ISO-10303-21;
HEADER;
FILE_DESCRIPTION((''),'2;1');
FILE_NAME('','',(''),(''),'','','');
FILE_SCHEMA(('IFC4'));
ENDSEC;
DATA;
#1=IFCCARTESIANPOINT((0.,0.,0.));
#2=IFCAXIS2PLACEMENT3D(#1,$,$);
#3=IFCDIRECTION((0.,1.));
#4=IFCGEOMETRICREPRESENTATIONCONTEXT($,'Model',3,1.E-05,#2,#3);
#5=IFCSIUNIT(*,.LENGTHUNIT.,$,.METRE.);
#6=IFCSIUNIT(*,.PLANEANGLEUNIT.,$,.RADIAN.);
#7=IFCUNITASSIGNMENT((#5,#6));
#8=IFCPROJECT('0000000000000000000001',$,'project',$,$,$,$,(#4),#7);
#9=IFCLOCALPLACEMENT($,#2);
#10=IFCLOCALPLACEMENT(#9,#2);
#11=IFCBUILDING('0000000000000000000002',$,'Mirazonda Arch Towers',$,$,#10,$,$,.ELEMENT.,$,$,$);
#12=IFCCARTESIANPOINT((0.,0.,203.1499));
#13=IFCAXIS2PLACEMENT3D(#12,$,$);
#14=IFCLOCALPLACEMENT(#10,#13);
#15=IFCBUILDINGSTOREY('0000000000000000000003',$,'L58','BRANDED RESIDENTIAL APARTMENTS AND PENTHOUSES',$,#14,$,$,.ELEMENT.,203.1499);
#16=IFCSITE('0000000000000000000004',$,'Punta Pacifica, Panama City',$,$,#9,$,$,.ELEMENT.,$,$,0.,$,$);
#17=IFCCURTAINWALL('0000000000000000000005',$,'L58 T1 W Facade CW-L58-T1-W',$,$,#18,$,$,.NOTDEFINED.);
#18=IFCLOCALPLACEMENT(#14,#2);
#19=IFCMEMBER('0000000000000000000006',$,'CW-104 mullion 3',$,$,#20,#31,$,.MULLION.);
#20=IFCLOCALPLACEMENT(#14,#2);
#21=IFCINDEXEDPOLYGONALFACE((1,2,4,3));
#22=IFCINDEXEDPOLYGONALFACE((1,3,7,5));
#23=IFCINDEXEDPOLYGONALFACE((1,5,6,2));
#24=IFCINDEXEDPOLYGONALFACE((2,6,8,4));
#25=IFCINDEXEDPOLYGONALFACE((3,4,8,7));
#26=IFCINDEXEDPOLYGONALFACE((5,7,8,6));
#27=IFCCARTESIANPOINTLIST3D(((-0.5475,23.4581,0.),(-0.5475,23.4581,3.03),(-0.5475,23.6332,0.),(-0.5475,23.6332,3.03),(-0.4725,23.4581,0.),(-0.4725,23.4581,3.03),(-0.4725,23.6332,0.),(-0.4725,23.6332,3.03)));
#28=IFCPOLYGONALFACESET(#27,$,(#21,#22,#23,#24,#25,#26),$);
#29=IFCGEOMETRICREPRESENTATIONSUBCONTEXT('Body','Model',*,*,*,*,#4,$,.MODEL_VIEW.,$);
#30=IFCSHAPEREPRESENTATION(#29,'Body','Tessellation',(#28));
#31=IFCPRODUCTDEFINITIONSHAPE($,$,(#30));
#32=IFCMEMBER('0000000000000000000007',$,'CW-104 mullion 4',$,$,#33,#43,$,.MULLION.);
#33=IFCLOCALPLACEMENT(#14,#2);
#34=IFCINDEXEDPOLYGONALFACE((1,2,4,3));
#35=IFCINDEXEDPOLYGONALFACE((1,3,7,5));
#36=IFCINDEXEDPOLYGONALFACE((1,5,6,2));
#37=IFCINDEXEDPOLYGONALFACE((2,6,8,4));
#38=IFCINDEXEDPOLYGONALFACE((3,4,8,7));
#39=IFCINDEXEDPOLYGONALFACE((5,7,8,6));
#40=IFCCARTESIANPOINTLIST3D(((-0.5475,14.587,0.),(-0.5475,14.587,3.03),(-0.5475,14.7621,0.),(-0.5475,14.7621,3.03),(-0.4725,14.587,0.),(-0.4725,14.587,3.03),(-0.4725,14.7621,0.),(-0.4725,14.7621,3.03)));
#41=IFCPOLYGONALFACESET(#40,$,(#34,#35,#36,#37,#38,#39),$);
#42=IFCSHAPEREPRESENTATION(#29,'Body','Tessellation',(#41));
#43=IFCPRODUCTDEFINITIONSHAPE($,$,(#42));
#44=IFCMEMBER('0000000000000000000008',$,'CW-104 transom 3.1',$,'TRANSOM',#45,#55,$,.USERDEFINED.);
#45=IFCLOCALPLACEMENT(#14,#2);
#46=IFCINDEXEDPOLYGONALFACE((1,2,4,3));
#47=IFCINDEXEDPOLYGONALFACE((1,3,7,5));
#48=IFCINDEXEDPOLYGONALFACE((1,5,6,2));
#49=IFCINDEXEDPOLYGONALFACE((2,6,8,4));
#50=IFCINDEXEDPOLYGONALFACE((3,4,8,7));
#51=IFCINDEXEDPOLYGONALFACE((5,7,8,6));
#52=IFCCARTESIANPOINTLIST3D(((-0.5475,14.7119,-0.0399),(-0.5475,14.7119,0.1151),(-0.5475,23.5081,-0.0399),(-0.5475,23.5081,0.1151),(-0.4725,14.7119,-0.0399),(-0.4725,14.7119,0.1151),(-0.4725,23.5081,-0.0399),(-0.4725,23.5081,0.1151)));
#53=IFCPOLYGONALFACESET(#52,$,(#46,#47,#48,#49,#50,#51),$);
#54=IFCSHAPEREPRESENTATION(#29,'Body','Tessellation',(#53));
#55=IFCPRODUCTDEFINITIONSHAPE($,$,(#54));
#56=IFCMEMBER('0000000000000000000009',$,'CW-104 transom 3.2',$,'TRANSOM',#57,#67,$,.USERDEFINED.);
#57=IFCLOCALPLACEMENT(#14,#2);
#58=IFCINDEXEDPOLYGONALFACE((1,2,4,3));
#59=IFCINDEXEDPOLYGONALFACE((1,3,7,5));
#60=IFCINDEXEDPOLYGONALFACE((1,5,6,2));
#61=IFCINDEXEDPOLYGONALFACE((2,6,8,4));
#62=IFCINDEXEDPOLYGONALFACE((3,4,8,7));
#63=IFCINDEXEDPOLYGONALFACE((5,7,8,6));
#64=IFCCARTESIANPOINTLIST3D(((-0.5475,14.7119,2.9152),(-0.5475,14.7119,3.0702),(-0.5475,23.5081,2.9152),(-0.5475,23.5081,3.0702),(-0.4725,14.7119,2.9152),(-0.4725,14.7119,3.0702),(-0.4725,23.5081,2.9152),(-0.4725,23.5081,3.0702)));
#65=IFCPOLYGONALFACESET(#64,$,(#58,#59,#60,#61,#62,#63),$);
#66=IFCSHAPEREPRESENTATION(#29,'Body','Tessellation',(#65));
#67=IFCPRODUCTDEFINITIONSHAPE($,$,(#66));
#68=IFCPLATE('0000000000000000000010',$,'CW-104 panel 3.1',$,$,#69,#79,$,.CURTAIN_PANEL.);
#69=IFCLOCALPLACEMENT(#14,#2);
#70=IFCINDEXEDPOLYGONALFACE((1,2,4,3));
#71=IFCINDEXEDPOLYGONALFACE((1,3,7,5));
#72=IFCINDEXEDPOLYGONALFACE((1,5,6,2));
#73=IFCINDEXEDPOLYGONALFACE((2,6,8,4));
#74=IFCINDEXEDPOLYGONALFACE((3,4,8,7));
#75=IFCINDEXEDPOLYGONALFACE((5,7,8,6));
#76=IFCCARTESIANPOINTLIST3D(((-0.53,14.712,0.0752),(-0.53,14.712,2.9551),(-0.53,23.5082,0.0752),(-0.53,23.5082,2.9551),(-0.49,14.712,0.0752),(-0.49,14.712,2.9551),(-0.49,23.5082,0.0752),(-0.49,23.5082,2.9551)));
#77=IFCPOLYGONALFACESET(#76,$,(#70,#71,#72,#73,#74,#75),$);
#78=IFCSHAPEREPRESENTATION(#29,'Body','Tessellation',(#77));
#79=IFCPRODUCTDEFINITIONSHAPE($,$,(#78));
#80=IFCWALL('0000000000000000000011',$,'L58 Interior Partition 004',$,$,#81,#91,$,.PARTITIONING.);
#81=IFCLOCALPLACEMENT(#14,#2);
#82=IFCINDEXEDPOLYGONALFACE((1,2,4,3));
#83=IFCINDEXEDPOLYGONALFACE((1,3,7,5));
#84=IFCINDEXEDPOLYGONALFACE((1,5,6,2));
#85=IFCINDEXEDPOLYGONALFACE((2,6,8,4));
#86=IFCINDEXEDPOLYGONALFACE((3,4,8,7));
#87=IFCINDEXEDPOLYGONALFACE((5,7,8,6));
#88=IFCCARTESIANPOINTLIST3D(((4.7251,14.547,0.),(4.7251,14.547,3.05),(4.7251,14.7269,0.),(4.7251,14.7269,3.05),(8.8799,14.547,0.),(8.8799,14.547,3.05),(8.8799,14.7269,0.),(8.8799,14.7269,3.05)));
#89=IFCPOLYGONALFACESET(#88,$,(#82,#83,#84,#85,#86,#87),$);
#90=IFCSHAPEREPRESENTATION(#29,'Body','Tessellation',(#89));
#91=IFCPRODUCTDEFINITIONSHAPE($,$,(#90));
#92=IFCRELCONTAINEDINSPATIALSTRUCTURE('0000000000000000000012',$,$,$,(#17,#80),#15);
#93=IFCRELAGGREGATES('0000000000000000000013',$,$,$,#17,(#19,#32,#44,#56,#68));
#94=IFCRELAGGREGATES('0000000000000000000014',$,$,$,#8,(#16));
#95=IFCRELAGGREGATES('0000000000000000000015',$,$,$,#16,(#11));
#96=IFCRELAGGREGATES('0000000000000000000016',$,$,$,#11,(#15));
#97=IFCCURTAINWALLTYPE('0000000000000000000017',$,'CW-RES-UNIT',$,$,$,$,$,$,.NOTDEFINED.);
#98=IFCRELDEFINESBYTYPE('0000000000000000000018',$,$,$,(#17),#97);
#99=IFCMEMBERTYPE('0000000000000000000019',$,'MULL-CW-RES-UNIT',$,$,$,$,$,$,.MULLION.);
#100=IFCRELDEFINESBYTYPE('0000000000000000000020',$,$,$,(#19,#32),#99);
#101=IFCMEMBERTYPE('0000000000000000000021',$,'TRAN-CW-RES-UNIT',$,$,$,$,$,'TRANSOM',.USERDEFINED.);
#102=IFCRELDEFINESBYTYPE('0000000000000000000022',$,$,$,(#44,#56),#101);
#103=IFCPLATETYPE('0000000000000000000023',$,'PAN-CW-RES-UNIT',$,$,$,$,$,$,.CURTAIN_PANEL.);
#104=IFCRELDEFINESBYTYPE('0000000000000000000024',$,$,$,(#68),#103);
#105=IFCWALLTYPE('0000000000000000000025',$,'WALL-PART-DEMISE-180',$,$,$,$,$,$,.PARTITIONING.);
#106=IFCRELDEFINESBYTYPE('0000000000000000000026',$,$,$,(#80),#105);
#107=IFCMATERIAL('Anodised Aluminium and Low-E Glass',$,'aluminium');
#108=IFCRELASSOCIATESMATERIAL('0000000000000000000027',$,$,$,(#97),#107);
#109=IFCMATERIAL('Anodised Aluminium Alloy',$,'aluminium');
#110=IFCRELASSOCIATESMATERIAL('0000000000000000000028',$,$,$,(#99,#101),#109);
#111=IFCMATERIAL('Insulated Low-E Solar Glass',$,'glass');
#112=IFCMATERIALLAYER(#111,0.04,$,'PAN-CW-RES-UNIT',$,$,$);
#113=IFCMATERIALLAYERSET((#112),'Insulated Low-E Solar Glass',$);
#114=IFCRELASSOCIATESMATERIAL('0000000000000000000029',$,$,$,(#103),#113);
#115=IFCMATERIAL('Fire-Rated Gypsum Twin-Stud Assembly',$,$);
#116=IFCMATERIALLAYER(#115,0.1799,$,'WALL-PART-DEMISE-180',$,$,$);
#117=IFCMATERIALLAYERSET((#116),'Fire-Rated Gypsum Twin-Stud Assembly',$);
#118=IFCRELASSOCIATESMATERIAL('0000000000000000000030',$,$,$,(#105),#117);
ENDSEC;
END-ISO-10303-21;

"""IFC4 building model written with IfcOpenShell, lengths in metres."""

from ifc_helpers import new_model, si_unit, direction, frame, frame_2d, origin, origin_2d, place, context, subcontext, project, spatial, rectangle, extrude, material, layer, layer_set, material_profile, profile_set, type_object, element, aggregate, save


model = new_model("IFC4")

# Units and contexts
model_context = context("Model", 3, precision=1e-05, world=origin(), true_north=direction((0.0, 1.0)))
body_context = subcontext(model_context, "Body", "Model", "MODEL_VIEW")
ifc_project = project(units=[si_unit("LENGTHUNIT", "METRE"), si_unit("PLANEANGLEUNIT", "RADIAN")], contexts=[model_context])

# Site, building, storey
site_placement = place(None, origin())
site = spatial("IfcSite", under=ifc_project, at=site_placement, Name="Punta Pacifica, Panama City", CompositionType="ELEMENT", RefElevation=0.0)
building_placement = place(site_placement, origin())
building = spatial("IfcBuilding", under=site, at=building_placement, Name="Mirazonda Arch Towers", CompositionType="ELEMENT")
storey_placement = place(building_placement, frame((0.0, 0.0, 203.1499)))
storey = spatial("IfcBuildingStorey", under=building, at=storey_placement, Name="L58", Description="BRANDED RESIDENTIAL APARTMENTS AND PENTHOUSES", CompositionType="ELEMENT", Elevation=203.1499)

# Curtain wall, members, plate
ifc_material_1 = material(Name="Anodised Aluminium and Low-E Glass", Category="aluminium")
curtain_wall_type = type_object("IfcCurtainWallType", Name="CW-RES-UNIT", PredefinedType="NOTDEFINED", material=ifc_material_1)
curtain_wall_placement = place(storey_placement, origin())
curtain_wall = element("IfcCurtainWall", 1, at=curtain_wall_placement, inside=storey, type_object=curtain_wall_type, Name="L58 T1 W Facade CW-L58-T1-W", PredefinedType="NOTDEFINED")
ifc_material_2 = material(Name="Anodised Aluminium Alloy", Category="aluminium")
ifc_material_profile_1 = material_profile(ifc_material_2, rectangle(XDim=0.075, YDim=0.175, at=origin_2d()), Name="ALU-MULL-75x175")
ifc_profile_set_1 = profile_set([ifc_material_profile_1], Name="Anodised Aluminium Alloy")
member_type_1 = type_object("IfcMemberType", Name="MULL-CW-RES-UNIT", PredefinedType="MULLION", material=ifc_profile_set_1)
member_1_placement = place(storey_placement, frame((-0.51, 23.5457, 0.0), z_axis=(0.0, 0.0, 1.0), x_axis=(1.0, 0.0, 0.0)))
member_1 = element("IfcMember", 2, at=member_1_placement, type_object=member_type_1, Name="CW-104 mullion 3", PredefinedType="MULLION", context=body_context, shape_type="SweptSolid", body=[
    extrude(rectangle(XDim=0.075, YDim=0.175, at=origin_2d()), origin(), (0.0, 0.0, 1.0), 3.03),
])
member_2_placement = place(storey_placement, frame((-0.51, 14.6746, 0.0), z_axis=(0.0, 0.0, 1.0), x_axis=(1.0, 0.0, 0.0)))
member_2 = element("IfcMember", 3, at=member_2_placement, type_object=member_type_1, Name="CW-104 mullion 4", PredefinedType="MULLION", context=body_context, shape_type="SweptSolid", body=[
    extrude(rectangle(XDim=0.075, YDim=0.175, at=origin_2d()), origin(), (0.0, 0.0, 1.0), 3.03),
])
ifc_material_profile_2 = material_profile(ifc_material_2, rectangle(XDim=0.075, YDim=0.155, at=origin_2d()), Name="ALU-TRAN-75x155")
ifc_profile_set_2 = profile_set([ifc_material_profile_2], Name="Anodised Aluminium Alloy")
member_type_2 = type_object("IfcMemberType", Name="TRAN-CW-RES-UNIT", ElementType="TRANSOM", PredefinedType="USERDEFINED", material=ifc_profile_set_2)
member_3_placement = place(storey_placement, frame((-0.51, 23.5081, 0.0376), z_axis=(0.0, -1.0, 0.0), x_axis=(1.0, 0.0, 0.0)))
member_3 = element("IfcMember", 4, at=member_3_placement, type_object=member_type_2, Name="CW-104 transom 3.1", ObjectType="TRANSOM", PredefinedType="USERDEFINED", context=body_context, shape_type="SweptSolid", body=[
    extrude(rectangle(XDim=0.075, YDim=0.155, at=origin_2d()), origin(), (0.0, 0.0, 1.0), 8.7961),
])
member_4_placement = place(storey_placement, frame((-0.51, 23.5081, 2.9927), z_axis=(0.0, -1.0, 0.0), x_axis=(1.0, 0.0, 0.0)))
member_4 = element("IfcMember", 5, at=member_4_placement, type_object=member_type_2, Name="CW-104 transom 3.2", ObjectType="TRANSOM", PredefinedType="USERDEFINED", context=body_context, shape_type="SweptSolid", body=[
    extrude(rectangle(XDim=0.075, YDim=0.155, at=origin_2d()), origin(), (0.0, 0.0, 1.0), 8.7961),
])
ifc_material_3 = material(Name="Insulated Low-E Solar Glass", Category="glass")
ifc_layer_1 = layer(ifc_material_3, 0.04, Name="PAN-CW-RES-UNIT")
ifc_layer_set_1 = layer_set([ifc_layer_1], Name="Insulated Low-E Solar Glass")
plate_type = type_object("IfcPlateType", Name="PAN-CW-RES-UNIT", PredefinedType="CURTAIN_PANEL", material=ifc_layer_set_1)
plate_placement = place(storey_placement, frame((-0.51, 19.1101, 0.0752), z_axis=(0.0, 0.0, 1.0), x_axis=(0.0, -1.0, 0.0)))
plate = element("IfcPlate", 6, at=plate_placement, type_object=plate_type, Name="CW-104 panel 3.1", PredefinedType="CURTAIN_PANEL", context=body_context, shape_type="SweptSolid", body=[
    extrude(rectangle(XDim=8.7961, YDim=0.04, at=origin_2d()), origin(), (0.0, 0.0, 1.0), 2.8799),
])
aggregate(curtain_wall, [member_1, member_2, member_3, member_4, plate])

# Wall
ifc_material_4 = material(Name="Fire-Rated Gypsum Twin-Stud Assembly")
ifc_layer_2 = layer(ifc_material_4, 0.1799, Name="WALL-PART-DEMISE-180")
ifc_layer_set_2 = layer_set([ifc_layer_2], Name="Fire-Rated Gypsum Twin-Stud Assembly")
wall_type = type_object("IfcWallType", Name="WALL-PART-DEMISE-180", PredefinedType="PARTITIONING", material=ifc_layer_set_2)
wall_placement = place(storey_placement, frame((4.7251, 14.637, 0.0), z_axis=(0.0, 0.0, 1.0), x_axis=(1.0, 0.0, 0.0)))
element("IfcWall", 7, at=wall_placement, inside=storey, type_object=wall_type, Name="L58 Interior Partition 004", PredefinedType="PARTITIONING", context=body_context, shape_type="SweptSolid", body=[
    extrude(rectangle(XDim=4.1548, YDim=0.1799, at=frame_2d((2.0774, 0.0))), origin(), (0.0, 0.0, 1.0), 3.05),
])

save(model, "model.ifc")
